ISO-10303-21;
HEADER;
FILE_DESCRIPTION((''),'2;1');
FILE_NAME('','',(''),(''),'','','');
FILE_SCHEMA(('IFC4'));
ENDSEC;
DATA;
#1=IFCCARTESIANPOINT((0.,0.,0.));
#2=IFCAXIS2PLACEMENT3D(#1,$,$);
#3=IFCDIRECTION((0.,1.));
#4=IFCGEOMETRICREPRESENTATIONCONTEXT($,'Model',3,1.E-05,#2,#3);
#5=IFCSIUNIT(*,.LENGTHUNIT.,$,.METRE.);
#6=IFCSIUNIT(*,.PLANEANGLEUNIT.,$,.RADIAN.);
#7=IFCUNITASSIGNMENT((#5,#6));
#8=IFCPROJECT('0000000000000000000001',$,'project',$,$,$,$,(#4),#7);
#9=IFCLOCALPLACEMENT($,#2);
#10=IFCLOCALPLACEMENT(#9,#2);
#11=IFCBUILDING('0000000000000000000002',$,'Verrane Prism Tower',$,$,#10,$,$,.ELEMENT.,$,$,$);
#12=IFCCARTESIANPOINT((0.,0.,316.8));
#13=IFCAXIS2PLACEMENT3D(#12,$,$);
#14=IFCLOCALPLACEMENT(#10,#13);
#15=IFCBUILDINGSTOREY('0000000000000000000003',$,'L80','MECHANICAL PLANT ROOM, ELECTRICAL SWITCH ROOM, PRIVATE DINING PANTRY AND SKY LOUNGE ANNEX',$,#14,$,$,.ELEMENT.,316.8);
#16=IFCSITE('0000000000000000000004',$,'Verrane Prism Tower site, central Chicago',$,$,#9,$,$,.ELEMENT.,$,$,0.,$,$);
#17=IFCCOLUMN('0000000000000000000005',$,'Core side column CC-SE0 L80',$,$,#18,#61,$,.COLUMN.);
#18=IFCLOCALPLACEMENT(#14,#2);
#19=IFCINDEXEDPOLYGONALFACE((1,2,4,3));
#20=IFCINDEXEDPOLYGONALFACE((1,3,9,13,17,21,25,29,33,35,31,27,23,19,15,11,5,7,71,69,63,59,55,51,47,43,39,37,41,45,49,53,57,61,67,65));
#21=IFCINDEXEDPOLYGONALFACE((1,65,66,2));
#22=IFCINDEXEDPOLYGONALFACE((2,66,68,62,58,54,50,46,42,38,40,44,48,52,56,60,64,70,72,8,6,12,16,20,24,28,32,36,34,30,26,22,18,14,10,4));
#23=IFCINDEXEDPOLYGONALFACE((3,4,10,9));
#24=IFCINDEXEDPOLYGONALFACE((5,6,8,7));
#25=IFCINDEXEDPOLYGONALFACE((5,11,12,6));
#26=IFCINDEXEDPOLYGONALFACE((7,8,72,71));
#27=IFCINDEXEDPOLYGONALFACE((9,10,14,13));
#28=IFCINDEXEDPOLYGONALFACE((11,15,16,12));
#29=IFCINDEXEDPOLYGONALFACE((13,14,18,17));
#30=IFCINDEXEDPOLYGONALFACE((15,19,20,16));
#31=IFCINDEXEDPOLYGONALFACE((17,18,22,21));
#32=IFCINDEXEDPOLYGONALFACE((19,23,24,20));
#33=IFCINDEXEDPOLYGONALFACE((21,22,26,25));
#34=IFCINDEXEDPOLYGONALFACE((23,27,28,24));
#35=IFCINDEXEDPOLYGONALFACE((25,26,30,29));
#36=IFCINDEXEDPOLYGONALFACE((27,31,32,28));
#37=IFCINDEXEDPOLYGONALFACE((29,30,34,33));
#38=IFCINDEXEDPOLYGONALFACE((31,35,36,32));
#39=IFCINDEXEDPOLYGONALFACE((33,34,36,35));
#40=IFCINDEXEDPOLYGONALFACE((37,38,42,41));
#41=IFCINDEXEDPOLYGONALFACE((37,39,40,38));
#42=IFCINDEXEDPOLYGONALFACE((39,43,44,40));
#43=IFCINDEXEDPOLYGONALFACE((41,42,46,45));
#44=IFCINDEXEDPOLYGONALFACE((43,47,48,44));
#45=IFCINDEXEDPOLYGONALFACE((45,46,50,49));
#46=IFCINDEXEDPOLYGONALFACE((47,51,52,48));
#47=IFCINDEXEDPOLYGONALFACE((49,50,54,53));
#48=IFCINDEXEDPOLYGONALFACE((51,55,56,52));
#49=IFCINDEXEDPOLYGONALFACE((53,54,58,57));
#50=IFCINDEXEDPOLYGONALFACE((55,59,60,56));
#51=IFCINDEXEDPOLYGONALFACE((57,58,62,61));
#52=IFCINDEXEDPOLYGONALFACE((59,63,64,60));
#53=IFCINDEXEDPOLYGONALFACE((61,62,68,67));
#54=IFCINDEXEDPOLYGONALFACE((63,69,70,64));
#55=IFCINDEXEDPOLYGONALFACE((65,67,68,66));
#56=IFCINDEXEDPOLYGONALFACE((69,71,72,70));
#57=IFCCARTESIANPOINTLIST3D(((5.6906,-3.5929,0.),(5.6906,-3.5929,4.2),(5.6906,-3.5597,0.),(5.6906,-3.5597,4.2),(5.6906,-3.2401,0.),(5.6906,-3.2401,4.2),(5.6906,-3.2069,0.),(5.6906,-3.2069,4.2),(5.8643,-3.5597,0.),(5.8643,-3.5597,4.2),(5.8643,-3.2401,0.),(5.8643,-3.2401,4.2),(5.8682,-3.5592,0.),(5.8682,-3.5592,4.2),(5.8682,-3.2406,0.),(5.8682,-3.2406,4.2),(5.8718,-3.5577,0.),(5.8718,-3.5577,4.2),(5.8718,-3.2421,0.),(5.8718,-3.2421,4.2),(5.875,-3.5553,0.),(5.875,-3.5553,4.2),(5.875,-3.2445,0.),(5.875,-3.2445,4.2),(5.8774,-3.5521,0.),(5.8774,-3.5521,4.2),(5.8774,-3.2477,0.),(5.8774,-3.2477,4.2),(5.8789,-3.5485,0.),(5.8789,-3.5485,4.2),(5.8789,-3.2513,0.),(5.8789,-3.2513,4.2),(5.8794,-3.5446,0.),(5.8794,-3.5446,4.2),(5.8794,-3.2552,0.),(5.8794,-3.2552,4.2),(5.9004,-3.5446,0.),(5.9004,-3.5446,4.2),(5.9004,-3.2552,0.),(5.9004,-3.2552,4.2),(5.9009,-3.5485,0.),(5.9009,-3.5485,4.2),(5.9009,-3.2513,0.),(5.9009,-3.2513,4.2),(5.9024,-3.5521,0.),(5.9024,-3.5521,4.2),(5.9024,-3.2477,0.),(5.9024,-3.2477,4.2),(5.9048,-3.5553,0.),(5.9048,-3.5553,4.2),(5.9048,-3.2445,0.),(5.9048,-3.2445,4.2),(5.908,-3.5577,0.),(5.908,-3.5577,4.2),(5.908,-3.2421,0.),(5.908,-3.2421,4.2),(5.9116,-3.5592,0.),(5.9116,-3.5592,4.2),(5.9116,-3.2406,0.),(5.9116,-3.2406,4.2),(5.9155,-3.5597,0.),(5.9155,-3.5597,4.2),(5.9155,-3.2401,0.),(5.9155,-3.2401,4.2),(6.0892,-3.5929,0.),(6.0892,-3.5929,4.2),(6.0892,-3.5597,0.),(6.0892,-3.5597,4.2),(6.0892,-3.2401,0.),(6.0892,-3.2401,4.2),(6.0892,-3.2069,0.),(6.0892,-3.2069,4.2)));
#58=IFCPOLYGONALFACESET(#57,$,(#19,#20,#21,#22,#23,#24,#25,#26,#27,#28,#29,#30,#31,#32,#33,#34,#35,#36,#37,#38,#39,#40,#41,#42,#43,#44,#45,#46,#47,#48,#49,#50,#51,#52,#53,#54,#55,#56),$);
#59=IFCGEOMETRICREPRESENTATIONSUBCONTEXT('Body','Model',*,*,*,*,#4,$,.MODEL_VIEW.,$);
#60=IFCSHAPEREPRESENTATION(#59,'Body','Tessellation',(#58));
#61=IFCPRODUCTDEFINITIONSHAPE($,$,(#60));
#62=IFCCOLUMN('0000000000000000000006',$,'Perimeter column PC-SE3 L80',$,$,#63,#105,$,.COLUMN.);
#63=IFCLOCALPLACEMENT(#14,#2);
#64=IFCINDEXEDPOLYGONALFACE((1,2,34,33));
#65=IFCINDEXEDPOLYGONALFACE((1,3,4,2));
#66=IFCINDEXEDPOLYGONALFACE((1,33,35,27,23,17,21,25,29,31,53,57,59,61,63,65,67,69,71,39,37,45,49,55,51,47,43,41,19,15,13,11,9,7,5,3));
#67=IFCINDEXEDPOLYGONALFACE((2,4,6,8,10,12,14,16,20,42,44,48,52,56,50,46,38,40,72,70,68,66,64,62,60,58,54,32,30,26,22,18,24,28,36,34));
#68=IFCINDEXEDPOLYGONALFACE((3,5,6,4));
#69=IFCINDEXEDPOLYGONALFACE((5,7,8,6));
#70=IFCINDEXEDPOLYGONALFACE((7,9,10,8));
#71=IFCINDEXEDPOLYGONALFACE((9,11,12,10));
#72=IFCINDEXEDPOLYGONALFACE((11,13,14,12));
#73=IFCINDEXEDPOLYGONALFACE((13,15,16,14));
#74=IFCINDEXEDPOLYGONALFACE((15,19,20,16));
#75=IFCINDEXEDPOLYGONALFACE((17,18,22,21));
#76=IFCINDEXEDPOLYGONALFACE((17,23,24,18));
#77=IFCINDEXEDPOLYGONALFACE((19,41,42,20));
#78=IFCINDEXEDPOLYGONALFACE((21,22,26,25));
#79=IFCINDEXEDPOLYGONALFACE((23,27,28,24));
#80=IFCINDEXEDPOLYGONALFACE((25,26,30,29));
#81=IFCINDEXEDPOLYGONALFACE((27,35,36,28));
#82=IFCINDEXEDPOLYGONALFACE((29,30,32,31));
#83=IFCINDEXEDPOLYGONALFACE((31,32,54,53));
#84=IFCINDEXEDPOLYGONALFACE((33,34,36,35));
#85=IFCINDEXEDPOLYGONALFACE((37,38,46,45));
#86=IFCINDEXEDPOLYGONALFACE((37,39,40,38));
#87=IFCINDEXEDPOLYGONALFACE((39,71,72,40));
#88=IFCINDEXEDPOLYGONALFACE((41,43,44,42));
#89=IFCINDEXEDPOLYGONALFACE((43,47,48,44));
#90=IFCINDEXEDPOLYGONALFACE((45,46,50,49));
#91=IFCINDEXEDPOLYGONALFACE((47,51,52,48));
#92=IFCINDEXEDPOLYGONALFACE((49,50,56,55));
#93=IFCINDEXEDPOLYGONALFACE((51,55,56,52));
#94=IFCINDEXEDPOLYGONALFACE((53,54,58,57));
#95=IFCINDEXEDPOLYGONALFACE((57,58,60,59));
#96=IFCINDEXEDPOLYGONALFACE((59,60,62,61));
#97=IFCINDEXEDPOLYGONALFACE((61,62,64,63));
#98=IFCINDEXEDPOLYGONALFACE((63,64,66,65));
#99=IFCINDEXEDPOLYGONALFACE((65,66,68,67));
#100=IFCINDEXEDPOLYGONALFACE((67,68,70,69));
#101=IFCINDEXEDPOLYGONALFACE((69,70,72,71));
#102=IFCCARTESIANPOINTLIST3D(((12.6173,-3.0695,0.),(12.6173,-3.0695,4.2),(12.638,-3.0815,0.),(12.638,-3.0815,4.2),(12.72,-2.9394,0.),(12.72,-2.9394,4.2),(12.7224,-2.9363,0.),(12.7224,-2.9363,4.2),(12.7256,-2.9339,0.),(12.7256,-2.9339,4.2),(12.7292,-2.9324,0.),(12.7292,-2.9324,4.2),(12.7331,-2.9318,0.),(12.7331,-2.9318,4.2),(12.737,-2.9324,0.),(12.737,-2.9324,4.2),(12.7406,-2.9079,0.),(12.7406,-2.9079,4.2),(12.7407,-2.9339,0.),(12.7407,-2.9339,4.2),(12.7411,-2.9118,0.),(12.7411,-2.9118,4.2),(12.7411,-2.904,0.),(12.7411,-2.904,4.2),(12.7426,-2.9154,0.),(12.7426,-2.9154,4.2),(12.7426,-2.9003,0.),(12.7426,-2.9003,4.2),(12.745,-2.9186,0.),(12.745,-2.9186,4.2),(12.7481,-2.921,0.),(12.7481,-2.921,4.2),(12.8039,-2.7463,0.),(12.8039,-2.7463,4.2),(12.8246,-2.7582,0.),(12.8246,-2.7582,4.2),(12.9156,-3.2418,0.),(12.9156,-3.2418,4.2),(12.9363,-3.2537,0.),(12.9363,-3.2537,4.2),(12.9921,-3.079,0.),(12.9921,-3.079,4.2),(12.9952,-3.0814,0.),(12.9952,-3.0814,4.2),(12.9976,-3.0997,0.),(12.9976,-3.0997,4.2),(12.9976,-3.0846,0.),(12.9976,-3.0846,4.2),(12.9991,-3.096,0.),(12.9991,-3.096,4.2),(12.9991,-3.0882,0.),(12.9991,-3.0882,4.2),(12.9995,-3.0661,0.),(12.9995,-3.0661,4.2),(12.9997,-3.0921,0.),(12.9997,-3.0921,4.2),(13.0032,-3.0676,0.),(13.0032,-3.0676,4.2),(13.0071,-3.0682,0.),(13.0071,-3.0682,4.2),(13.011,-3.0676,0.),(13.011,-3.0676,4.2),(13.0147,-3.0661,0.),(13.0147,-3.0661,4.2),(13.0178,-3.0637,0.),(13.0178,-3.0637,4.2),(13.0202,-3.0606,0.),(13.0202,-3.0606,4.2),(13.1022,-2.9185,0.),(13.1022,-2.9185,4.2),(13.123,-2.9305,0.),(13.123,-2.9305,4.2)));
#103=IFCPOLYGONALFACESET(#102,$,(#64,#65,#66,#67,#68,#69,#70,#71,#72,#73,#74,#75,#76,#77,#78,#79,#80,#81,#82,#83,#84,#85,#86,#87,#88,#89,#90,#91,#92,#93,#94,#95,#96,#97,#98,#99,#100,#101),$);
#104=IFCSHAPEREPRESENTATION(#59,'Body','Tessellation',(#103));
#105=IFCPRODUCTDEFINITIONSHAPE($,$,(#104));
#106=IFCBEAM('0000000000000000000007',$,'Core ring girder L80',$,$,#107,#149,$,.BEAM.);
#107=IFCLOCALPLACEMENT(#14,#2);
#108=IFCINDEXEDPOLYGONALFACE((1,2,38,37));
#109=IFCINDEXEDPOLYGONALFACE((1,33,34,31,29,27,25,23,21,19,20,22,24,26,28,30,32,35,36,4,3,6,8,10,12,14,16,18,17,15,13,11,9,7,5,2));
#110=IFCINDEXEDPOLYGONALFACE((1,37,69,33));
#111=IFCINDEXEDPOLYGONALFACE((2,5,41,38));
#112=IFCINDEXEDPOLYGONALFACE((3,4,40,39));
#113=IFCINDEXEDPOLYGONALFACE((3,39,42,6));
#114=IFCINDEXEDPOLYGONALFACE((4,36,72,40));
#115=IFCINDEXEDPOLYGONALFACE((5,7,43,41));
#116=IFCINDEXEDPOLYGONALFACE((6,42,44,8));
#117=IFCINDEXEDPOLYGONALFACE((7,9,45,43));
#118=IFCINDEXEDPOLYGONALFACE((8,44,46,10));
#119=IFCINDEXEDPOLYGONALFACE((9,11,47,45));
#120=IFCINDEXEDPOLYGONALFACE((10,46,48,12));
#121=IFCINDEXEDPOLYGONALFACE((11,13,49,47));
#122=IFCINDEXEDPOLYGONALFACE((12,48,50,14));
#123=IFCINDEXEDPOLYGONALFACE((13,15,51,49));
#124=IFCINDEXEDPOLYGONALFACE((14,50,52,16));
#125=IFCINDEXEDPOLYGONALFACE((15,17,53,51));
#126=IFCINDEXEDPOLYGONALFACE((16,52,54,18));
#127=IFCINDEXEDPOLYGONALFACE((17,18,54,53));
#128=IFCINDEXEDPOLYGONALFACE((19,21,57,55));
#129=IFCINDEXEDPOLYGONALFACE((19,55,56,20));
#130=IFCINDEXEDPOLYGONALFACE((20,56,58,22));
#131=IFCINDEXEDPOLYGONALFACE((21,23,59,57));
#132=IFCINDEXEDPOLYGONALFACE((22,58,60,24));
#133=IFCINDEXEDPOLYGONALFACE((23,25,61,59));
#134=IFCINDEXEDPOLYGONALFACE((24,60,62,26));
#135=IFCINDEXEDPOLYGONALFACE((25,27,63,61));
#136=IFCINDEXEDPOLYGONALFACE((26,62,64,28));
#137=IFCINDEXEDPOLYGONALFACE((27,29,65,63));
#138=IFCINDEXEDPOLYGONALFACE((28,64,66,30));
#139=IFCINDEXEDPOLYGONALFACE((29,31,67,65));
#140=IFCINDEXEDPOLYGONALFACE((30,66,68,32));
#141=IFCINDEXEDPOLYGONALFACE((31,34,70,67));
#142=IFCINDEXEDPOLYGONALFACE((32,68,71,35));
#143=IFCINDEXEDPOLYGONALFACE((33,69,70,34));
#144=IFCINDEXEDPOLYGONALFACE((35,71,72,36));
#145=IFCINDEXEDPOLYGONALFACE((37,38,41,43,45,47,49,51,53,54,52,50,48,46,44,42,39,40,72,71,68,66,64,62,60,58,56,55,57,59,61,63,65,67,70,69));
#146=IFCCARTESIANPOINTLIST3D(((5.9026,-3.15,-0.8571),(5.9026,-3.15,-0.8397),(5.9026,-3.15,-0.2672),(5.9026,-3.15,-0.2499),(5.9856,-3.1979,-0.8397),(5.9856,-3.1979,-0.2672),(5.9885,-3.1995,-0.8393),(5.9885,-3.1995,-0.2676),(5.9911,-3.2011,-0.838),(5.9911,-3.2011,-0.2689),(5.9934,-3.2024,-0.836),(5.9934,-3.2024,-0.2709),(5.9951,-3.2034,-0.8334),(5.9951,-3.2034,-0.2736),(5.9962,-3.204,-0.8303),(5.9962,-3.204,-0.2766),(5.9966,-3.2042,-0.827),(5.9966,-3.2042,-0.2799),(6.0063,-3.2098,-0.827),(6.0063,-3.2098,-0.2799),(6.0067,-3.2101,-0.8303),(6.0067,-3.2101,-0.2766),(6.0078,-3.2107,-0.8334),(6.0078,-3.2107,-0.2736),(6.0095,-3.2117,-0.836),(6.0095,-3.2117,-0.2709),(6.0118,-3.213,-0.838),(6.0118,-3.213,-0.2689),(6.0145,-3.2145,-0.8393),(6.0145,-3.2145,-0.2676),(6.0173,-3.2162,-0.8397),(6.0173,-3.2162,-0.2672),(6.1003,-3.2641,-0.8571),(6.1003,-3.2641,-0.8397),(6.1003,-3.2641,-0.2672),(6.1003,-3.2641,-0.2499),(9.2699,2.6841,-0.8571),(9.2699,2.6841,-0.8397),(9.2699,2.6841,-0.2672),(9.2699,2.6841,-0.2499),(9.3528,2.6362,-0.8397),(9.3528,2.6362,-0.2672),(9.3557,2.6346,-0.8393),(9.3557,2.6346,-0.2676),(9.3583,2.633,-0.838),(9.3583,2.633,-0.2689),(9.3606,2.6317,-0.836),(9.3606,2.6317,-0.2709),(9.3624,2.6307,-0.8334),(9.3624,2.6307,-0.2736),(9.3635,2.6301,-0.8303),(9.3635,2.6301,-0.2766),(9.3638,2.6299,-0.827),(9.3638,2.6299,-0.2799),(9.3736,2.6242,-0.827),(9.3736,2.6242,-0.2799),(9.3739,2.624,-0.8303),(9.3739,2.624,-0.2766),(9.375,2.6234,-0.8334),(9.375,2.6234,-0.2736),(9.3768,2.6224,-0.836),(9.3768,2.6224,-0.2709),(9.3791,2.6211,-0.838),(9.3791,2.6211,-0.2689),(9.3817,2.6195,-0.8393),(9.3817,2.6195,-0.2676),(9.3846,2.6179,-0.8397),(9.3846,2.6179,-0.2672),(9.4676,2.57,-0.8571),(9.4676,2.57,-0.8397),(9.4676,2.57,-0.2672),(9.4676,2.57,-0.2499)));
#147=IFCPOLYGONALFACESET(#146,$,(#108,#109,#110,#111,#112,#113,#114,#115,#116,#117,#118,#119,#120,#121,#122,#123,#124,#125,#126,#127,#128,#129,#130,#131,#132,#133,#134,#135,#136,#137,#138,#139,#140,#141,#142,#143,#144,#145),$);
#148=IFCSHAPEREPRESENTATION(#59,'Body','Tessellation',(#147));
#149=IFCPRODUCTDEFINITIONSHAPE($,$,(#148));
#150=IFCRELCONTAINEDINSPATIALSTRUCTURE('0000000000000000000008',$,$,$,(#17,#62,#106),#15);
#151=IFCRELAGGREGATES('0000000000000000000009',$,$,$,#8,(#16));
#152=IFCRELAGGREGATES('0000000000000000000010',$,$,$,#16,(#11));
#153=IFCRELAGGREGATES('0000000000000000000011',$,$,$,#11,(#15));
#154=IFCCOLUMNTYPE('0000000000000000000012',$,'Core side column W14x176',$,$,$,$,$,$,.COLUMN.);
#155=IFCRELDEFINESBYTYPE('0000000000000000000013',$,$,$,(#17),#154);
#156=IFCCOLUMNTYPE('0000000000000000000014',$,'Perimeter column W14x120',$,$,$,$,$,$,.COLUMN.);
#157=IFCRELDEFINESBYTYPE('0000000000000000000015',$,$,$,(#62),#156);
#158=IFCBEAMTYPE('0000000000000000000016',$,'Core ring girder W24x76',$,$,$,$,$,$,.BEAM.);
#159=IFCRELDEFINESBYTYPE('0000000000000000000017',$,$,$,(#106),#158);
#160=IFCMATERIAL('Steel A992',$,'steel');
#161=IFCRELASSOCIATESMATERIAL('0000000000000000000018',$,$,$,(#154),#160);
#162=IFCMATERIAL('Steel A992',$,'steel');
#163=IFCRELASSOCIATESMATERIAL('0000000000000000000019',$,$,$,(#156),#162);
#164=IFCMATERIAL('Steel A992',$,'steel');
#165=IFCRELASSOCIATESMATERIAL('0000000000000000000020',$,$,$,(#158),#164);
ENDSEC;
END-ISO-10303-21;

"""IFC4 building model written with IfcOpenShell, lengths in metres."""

from ifc_helpers import new_model, si_unit, direction, frame, origin, origin_2d, place, context, subcontext, project, spatial, i_section, extrude, material, material_profile, profile_set, type_object, element, save


model = new_model("IFC4")

# Units and contexts
model_context = context("Model", 3, precision=1e-05, world=origin(), true_north=direction((0.0, 1.0)))
body_context = subcontext(model_context, "Body", "Model", "MODEL_VIEW")
ifc_project = project(units=[si_unit("LENGTHUNIT", "METRE"), si_unit("PLANEANGLEUNIT", "RADIAN")], contexts=[model_context])

# Site, building, storey
site_placement = place(None, origin())
site = spatial("IfcSite", under=ifc_project, at=site_placement, Name="Verrane Prism Tower site, central Chicago", CompositionType="ELEMENT", RefElevation=0.0)
building_placement = place(site_placement, origin())
building = spatial("IfcBuilding", under=site, at=building_placement, Name="Verrane Prism Tower", CompositionType="ELEMENT")
storey_placement = place(building_placement, frame((0.0, 0.0, 316.8)))
storey = spatial("IfcBuildingStorey", under=building, at=storey_placement, Name="L80", Description="MECHANICAL PLANT ROOM, ELECTRICAL SWITCH ROOM, PRIVATE DINING PANTRY AND SKY LOUNGE ANNEX", CompositionType="ELEMENT", Elevation=316.8)

# Columns
ifc_material_1 = material(Name="Steel A992", Category="steel")
ifc_material_profile_1 = material_profile(ifc_material_1, i_section(OverallWidth=0.3987, OverallDepth=0.386, WebThickness=0.021, FlangeThickness=0.0332, FilletRadius=0.0151, at=origin_2d()), Name="W14x176")
ifc_profile_set_1 = profile_set([ifc_material_profile_1], Name="Steel A992")
column_type_1 = type_object("IfcColumnType", Name="Core side column W14x176", PredefinedType="COLUMN", material=ifc_profile_set_1)
column_1_placement = place(storey_placement, frame((5.8899, -3.3999, 0.0), z_axis=(0.0, 0.0, 1.0), x_axis=(1.0, 0.0, 0.0)))
element("IfcColumn", 1, at=column_1_placement, inside=storey, type_object=column_type_1, Name="Core side column CC-SE0 L80", PredefinedType="COLUMN", context=body_context, shape_type="SweptSolid", body=[
    extrude(i_section(OverallWidth=0.3987, OverallDepth=0.386, WebThickness=0.021, FlangeThickness=0.0332, FilletRadius=0.0151, at=origin_2d()), origin(), (0.0, 0.0, 1.0), 4.2),
])
ifc_material_2 = material(Name="Steel A992", Category="steel")
ifc_material_profile_2 = material_profile(ifc_material_2, i_section(OverallWidth=0.3733, OverallDepth=0.3684, WebThickness=0.0149, FlangeThickness=0.0239, FilletRadius=0.0151, at=origin_2d()), Name="W14x120")
ifc_profile_set_2 = profile_set([ifc_material_profile_2], Name="Steel A992")
column_type_2 = type_object("IfcColumnType", Name="Perimeter column W14x120", PredefinedType="COLUMN", material=ifc_profile_set_2)
column_2_placement = place(storey_placement, frame((12.8701, -3.0, 0.0), z_axis=(0.0, 0.0, 1.0), x_axis=(-0.5, -0.866025, 0.0)))
element("IfcColumn", 2, at=column_2_placement, inside=storey, type_object=column_type_2, Name="Perimeter column PC-SE3 L80", PredefinedType="COLUMN", context=body_context, shape_type="SweptSolid", body=[
    extrude(i_section(OverallWidth=0.3733, OverallDepth=0.3684, WebThickness=0.0149, FlangeThickness=0.0239, FilletRadius=0.0151, at=origin_2d()), origin(), (0.0, 0.0, 1.0), 4.2),
])

# Beam
ifc_material_3 = material(Name="Steel A992", Category="steel")
ifc_material_profile_3 = material_profile(ifc_material_3, i_section(OverallWidth=0.2283, OverallDepth=0.6072, WebThickness=0.0112, FlangeThickness=0.0173, FilletRadius=0.0127, at=origin_2d()), Name="W24x76")
ifc_profile_set_3 = profile_set([ifc_material_profile_3], Name="Steel A992")
beam_type_1 = type_object("IfcBeamType", Name="Core ring girder W24x76", PredefinedType="BEAM", material=ifc_profile_set_3)
beam_1_placement = place(storey_placement, frame((6.0015, -3.207, -0.5535), z_axis=(0.499881, 0.866094, 0.0), x_axis=(-0.866094, 0.499881, 0.0)))
element("IfcBeam", 3, at=beam_1_placement, inside=storey, type_object=beam_type_1, Name="Core ring girder L80", PredefinedType="BEAM", context=body_context, shape_type="SweptSolid", body=[
    extrude(i_section(OverallWidth=0.2283, OverallDepth=0.6072, WebThickness=0.0112, FlangeThickness=0.0173, FilletRadius=0.0127, at=origin_2d()), origin(), (0.0, 0.0, 1.0), 6.7361),
])

save(model, "model.ifc")
